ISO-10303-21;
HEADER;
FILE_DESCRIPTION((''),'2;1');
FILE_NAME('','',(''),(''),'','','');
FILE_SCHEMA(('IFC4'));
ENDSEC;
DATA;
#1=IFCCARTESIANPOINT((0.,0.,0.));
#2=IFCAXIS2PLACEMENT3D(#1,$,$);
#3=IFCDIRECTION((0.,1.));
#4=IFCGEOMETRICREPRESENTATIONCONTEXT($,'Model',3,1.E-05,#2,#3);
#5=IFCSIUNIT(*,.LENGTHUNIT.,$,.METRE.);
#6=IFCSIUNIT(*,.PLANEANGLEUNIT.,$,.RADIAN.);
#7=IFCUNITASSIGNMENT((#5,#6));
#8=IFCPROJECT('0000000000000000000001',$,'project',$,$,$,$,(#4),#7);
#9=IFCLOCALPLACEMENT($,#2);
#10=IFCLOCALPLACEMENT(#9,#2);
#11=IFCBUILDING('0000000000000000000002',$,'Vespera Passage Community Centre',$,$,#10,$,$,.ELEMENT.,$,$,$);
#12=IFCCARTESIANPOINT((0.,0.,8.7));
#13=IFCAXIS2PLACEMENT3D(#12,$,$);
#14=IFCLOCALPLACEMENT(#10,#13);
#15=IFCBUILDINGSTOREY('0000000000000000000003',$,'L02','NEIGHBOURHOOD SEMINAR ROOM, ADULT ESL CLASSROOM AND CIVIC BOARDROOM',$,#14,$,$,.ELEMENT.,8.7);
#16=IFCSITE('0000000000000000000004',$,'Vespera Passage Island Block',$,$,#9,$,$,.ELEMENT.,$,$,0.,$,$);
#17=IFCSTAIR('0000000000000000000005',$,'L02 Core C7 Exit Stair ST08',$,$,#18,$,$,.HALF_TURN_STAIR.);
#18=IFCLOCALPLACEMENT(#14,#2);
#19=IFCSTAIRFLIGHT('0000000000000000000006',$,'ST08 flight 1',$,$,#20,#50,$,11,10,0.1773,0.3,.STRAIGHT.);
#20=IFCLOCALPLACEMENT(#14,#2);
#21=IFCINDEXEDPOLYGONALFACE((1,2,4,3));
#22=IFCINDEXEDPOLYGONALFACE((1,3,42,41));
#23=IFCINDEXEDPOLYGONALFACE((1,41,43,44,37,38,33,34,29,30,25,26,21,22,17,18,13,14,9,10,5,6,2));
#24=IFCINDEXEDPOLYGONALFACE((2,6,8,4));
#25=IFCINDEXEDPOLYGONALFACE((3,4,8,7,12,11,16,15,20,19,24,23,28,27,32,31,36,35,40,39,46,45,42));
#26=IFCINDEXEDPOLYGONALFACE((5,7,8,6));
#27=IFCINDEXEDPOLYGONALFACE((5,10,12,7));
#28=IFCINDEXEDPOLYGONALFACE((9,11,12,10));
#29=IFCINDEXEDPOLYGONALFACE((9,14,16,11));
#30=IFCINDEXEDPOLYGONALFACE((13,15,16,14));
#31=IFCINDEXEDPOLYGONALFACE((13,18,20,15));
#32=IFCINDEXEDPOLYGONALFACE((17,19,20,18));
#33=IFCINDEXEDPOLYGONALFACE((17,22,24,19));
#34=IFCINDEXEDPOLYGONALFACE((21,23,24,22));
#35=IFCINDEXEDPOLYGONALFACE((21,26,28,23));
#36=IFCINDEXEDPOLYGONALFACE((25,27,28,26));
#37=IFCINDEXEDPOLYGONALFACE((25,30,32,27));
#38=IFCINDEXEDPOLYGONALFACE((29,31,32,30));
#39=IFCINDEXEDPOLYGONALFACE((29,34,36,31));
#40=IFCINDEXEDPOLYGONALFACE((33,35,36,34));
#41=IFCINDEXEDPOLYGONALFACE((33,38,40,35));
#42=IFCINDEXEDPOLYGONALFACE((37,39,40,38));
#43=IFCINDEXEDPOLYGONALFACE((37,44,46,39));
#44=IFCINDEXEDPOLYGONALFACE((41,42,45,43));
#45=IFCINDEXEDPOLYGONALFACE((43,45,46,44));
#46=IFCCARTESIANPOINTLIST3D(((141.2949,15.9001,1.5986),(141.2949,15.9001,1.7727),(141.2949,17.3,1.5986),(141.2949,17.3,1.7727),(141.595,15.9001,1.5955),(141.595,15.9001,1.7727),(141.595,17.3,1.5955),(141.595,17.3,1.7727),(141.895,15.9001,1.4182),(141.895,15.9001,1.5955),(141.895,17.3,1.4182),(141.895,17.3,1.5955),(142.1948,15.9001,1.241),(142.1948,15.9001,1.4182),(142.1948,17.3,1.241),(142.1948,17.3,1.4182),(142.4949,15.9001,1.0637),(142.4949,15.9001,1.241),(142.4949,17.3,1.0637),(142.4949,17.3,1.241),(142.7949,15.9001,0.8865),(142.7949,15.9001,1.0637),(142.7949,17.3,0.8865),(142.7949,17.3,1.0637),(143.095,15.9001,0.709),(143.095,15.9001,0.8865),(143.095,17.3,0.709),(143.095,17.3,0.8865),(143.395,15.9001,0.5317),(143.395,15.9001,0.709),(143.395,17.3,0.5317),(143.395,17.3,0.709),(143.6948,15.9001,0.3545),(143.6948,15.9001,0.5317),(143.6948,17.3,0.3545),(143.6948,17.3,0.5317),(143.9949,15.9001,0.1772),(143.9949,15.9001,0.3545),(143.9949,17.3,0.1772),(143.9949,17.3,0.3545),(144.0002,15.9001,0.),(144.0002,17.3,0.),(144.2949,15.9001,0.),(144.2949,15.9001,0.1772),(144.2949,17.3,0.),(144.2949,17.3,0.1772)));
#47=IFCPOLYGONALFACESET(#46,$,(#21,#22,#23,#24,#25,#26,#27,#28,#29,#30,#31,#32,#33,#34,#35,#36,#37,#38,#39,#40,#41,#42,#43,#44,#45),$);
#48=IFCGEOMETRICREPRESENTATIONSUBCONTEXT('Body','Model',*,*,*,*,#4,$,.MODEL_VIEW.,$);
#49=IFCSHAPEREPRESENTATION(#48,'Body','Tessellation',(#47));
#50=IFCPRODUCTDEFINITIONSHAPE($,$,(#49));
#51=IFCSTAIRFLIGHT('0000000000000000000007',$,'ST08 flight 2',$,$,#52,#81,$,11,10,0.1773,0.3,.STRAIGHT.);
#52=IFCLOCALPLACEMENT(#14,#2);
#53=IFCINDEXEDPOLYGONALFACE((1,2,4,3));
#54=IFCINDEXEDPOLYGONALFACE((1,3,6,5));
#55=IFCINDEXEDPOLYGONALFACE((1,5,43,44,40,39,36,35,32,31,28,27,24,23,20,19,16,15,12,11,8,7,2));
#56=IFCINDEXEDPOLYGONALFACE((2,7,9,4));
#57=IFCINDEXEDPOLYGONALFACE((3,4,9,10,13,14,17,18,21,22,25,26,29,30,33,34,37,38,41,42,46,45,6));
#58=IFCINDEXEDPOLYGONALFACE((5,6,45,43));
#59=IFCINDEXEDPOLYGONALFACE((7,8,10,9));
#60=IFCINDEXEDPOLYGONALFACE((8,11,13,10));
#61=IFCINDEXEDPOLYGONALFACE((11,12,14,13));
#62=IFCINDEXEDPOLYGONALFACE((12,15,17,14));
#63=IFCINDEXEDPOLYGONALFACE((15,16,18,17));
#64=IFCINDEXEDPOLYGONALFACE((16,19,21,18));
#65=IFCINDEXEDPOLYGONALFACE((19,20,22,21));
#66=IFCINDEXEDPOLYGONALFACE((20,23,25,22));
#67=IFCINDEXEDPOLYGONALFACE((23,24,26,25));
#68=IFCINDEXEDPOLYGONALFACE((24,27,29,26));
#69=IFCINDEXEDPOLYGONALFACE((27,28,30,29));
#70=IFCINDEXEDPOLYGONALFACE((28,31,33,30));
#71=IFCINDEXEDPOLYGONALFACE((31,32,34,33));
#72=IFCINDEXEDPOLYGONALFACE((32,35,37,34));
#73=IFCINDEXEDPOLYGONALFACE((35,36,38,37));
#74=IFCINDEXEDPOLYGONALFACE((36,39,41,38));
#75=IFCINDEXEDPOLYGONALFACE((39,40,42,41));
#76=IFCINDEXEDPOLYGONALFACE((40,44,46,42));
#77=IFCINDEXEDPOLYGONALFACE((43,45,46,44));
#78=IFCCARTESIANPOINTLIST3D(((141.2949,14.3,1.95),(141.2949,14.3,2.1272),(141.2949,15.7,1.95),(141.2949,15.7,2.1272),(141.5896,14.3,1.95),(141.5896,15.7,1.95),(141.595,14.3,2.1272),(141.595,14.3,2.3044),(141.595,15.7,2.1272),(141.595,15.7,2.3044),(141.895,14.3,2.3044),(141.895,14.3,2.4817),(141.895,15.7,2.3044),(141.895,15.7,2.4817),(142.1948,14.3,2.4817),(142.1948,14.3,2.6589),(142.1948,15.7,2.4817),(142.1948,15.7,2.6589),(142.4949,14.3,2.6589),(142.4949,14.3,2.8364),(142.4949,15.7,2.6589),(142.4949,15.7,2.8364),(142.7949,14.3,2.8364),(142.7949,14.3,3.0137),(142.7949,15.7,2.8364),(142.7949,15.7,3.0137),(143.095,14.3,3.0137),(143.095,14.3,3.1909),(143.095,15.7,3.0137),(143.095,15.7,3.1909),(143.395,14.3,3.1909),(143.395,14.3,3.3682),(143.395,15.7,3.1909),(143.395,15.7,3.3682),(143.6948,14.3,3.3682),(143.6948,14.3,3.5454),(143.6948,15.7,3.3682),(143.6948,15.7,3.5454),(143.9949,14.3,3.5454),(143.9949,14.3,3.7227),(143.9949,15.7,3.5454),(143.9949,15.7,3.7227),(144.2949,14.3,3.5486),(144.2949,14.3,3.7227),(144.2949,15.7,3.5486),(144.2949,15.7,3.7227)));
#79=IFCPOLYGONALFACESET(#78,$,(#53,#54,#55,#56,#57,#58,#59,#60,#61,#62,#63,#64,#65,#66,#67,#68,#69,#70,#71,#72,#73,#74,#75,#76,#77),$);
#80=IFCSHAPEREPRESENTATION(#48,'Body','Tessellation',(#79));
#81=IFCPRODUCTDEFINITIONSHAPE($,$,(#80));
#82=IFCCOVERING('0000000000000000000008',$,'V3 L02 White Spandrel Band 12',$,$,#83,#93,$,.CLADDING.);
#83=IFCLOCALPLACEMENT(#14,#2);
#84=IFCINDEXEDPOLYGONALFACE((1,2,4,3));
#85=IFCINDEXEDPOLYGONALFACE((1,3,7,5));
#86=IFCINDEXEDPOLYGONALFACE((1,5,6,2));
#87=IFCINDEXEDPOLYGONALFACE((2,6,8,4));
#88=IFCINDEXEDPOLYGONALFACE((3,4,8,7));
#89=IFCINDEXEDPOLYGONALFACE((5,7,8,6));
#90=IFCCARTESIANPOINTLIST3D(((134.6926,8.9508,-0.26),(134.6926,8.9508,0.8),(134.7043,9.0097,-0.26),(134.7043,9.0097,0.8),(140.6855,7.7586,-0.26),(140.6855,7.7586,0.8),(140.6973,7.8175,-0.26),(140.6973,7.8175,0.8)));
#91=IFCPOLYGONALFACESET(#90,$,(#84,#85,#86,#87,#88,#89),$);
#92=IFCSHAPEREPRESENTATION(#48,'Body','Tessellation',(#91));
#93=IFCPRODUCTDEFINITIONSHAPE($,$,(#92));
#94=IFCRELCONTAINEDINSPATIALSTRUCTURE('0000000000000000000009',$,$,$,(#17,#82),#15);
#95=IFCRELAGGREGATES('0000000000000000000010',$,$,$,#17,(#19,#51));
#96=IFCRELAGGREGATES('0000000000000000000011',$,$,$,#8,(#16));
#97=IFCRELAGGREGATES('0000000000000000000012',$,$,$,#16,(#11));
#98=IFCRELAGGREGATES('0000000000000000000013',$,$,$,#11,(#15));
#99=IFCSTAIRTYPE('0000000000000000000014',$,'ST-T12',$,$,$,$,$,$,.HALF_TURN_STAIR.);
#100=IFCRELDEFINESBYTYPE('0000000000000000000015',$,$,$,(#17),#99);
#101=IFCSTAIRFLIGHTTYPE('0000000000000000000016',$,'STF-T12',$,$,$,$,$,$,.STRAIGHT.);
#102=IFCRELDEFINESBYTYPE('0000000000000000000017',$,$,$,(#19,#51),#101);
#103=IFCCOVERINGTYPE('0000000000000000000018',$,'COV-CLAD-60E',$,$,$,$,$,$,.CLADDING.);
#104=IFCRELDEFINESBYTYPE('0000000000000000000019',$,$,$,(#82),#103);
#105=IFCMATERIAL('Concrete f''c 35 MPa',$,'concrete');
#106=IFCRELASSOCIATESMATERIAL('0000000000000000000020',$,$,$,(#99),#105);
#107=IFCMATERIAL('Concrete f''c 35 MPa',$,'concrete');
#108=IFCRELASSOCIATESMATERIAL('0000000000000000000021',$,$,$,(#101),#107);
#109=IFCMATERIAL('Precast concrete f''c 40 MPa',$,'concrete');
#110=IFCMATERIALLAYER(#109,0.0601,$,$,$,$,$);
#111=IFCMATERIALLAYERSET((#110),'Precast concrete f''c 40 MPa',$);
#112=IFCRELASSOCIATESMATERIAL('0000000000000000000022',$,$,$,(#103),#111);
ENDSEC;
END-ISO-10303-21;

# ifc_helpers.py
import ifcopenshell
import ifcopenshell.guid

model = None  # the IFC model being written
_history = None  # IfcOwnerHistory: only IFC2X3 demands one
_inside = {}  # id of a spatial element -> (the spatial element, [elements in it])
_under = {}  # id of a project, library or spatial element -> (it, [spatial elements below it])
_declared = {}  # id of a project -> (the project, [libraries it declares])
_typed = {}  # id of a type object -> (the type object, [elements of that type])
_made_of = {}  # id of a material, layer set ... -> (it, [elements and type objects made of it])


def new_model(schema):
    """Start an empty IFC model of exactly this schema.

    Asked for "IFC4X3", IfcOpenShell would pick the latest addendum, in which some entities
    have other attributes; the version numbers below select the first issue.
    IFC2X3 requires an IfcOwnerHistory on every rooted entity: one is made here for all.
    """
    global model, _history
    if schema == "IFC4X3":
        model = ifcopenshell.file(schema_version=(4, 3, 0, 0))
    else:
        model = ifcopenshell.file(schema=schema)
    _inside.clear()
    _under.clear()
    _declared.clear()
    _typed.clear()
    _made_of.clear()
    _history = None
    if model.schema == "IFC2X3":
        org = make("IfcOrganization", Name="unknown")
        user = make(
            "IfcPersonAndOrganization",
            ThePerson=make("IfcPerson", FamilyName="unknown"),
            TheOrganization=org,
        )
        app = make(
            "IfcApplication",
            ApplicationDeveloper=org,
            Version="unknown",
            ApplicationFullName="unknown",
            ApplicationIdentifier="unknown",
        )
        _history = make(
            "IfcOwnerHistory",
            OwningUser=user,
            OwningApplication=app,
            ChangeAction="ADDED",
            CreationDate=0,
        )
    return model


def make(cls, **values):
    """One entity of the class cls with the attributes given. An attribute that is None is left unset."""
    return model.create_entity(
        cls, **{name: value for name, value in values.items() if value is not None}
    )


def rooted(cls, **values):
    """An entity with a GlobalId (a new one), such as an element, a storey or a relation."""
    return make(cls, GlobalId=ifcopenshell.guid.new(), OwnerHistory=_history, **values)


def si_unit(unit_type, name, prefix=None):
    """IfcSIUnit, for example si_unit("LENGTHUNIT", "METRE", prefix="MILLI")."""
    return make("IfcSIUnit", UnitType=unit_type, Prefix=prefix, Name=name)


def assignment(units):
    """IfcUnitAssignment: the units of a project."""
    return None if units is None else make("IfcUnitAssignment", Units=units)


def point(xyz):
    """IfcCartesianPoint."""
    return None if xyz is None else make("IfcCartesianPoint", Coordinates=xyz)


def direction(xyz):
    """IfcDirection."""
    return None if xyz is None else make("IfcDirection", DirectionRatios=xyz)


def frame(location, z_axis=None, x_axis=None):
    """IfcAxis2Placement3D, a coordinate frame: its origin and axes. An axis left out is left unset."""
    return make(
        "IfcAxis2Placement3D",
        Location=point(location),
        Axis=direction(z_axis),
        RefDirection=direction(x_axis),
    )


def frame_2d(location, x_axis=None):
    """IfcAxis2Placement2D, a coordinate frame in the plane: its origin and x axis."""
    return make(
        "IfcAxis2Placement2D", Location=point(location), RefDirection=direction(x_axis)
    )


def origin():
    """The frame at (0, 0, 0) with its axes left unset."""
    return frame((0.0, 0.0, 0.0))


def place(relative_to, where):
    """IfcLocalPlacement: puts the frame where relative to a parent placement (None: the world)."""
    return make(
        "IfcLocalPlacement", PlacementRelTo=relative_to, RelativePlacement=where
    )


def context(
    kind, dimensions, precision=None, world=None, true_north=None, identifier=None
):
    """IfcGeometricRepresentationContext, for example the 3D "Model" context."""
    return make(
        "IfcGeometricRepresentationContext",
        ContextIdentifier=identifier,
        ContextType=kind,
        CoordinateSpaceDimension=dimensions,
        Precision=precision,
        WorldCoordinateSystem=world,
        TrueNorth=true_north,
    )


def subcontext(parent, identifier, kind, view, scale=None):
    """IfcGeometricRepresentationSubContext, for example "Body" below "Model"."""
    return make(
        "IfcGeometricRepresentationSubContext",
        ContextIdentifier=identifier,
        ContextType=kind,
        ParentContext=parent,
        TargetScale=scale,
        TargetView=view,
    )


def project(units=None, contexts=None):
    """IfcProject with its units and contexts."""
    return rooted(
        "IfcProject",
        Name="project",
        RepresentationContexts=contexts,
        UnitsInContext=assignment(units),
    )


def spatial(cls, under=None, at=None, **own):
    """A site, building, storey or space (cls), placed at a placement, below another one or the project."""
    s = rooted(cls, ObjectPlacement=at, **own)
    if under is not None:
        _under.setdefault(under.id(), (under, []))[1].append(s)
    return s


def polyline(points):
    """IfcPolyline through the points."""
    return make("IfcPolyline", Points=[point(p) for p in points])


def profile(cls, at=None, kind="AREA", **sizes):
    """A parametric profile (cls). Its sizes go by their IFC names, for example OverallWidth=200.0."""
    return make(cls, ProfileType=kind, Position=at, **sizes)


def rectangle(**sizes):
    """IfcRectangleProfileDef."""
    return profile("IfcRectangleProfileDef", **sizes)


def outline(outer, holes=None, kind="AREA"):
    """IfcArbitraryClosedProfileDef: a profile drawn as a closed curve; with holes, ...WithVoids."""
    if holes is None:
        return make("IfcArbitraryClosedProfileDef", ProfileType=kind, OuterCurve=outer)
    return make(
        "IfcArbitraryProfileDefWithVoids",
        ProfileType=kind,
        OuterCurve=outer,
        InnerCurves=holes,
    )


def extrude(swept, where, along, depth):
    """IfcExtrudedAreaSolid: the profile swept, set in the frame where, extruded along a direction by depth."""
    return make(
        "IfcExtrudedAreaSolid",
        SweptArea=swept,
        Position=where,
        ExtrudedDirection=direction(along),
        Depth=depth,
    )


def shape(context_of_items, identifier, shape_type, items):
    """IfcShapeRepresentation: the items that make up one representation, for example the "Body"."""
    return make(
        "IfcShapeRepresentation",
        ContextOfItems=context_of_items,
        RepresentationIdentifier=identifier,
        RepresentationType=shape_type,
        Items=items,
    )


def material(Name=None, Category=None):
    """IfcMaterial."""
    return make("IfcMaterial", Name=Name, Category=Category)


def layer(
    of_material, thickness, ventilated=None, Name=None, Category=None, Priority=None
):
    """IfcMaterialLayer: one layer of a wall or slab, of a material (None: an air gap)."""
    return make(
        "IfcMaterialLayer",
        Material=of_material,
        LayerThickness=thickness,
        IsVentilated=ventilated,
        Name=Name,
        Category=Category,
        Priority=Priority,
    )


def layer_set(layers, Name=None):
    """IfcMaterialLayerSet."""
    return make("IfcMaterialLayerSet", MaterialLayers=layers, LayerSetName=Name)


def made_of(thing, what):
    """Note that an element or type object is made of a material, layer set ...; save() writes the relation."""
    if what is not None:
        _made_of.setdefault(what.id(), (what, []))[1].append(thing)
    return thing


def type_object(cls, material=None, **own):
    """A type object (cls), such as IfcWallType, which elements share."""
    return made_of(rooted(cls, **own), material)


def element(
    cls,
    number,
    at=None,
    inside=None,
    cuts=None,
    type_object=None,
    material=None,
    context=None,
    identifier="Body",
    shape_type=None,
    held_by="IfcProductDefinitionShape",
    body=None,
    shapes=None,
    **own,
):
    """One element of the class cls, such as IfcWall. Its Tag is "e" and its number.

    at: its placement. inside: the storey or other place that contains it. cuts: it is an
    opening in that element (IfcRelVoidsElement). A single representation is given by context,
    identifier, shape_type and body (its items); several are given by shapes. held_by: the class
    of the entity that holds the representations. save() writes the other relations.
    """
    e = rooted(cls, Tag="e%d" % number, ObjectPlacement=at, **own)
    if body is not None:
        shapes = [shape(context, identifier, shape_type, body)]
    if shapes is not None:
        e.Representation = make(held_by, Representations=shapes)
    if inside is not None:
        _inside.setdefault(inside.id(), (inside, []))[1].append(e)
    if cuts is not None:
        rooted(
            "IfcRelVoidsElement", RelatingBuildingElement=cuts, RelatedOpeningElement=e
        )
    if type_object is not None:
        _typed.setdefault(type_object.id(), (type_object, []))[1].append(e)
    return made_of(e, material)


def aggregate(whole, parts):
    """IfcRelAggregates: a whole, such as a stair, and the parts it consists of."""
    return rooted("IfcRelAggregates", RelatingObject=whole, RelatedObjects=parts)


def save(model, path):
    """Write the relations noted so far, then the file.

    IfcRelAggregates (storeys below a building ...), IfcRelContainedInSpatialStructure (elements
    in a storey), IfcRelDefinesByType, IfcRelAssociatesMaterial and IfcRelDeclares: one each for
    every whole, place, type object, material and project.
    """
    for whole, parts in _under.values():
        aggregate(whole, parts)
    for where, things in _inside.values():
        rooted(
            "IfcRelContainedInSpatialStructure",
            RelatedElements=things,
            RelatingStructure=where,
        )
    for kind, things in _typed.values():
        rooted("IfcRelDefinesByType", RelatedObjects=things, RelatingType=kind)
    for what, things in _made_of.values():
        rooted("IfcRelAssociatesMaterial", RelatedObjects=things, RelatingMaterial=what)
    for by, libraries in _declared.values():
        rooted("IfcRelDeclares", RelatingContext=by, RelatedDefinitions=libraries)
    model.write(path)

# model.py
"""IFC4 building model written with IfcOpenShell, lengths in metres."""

from ifc_helpers import new_model, si_unit, direction, frame, frame_2d, origin, place, context, subcontext, project, spatial, polyline, rectangle, outline, extrude, material, layer, layer_set, type_object, element, aggregate, save


model = new_model("IFC4")

# Units and contexts
model_context = context("Model", 3, precision=1e-05, world=origin(), true_north=direction((0.0, 1.0)))
body_context = subcontext(model_context, "Body", "Model", "MODEL_VIEW")
ifc_project = project(units=[si_unit("LENGTHUNIT", "METRE"), si_unit("PLANEANGLEUNIT", "RADIAN")], contexts=[model_context])

# Site, building, storey
site_placement = place(None, origin())
site = spatial("IfcSite", under=ifc_project, at=site_placement, Name="Vespera Passage Island Block", CompositionType="ELEMENT", RefElevation=0.0)
building_placement = place(site_placement, origin())
building = spatial("IfcBuilding", under=site, at=building_placement, Name="Vespera Passage Community Centre", CompositionType="ELEMENT")
storey_placement = place(building_placement, frame((0.0, 0.0, 8.7)))
storey = spatial("IfcBuildingStorey", under=building, at=storey_placement, Name="L02", Description="NEIGHBOURHOOD SEMINAR ROOM, ADULT ESL CLASSROOM AND CIVIC BOARDROOM", CompositionType="ELEMENT", Elevation=8.7)

# Stair, stair flights
ifc_material_1 = material(Name="Concrete f'c 35 MPa", Category="concrete")
stair_type = type_object("IfcStairType", Name="ST-T12", PredefinedType="HALF_TURN_STAIR", material=ifc_material_1)
stair_placement = place(storey_placement, origin())
stair = element("IfcStair", 1, at=stair_placement, inside=storey, type_object=stair_type, Name="L02 Core C7 Exit Stair ST08", PredefinedType="HALF_TURN_STAIR")
ifc_material_2 = material(Name="Concrete f'c 35 MPa", Category="concrete")
stair_flight_type = type_object("IfcStairFlightType", Name="STF-T12", PredefinedType="STRAIGHT", material=ifc_material_2)
stair_flight_1_placement = place(storey_placement, frame((144.2949, 16.6001, 0.0), z_axis=(0.0, 0.0, 1.0), x_axis=(-1.0, 0.0, 0.0)))
stair_flight_1 = element("IfcStairFlight", 2, at=stair_flight_1_placement, type_object=stair_flight_type, Name="ST08 flight 1", NumberOfRisers=11, NumberOfTreads=10, PredefinedType="STRAIGHT", RiserHeight=0.1773, TreadLength=0.3, context=body_context, shape_type="SweptSolid", body=[
    extrude(outline(polyline([(0.0, 0.0), (0.0, 0.1772), (0.3, 0.1772), (0.3, 0.3545), (0.6001, 0.3545), (0.6001, 0.5317), (0.8999, 0.5317), (0.8999, 0.709), (1.2, 0.709), (1.2, 0.8865), (1.5, 0.8865), (1.5, 1.0637), (1.8, 1.0637), (1.8, 1.241), (2.1001, 1.241), (2.1001, 1.4182), (2.3999, 1.4182), (2.3999, 1.5955), (2.7, 1.5955), (2.7, 1.7727), (3.0, 1.7727), (3.0, 1.95), (3.0, 1.5986), (0.2947, 0.0), (0.0, 0.0)])), frame((0.0, 0.7, 0.0), z_axis=(0.0, -1.0, 0.0), x_axis=(1.0, 0.0, 0.0)), (0.0, 0.0, 1.0), 1.3999),
])
stair_flight_2_placement = place(storey_placement, frame((141.2949, 15.0, 1.95), z_axis=(0.0, 0.0, 1.0), x_axis=(1.0, 0.0, 0.0)))
stair_flight_2 = element("IfcStairFlight", 3, at=stair_flight_2_placement, type_object=stair_flight_type, Name="ST08 flight 2", NumberOfRisers=11, NumberOfTreads=10, PredefinedType="STRAIGHT", RiserHeight=0.1773, TreadLength=0.3, context=body_context, shape_type="SweptSolid", body=[
    extrude(outline(polyline([(0.0, 0.0), (0.0, 0.1772), (0.3, 0.1772), (0.3, 0.3545), (0.6001, 0.3545), (0.6001, 0.5317), (0.8999, 0.5317), (0.8999, 0.709), (1.2, 0.709), (1.2, 0.8865), (1.5, 0.8865), (1.5, 1.0637), (1.8, 1.0637), (1.8, 1.241), (2.1001, 1.241), (2.1001, 1.4182), (2.3999, 1.4182), (2.3999, 1.5955), (2.7, 1.5955), (2.7, 1.7727), (3.0, 1.7727), (3.0, 1.95), (3.0, 1.5986), (0.2947, 0.0), (0.0, 0.0)])), frame((0.0, 0.7, 0.0), z_axis=(0.0, -1.0, 0.0), x_axis=(1.0, 0.0, 0.0)), (0.0, 0.0, 1.0), 1.3999),
])
aggregate(stair, [stair_flight_1, stair_flight_2])

# Covering
ifc_material_3 = material(Name="Precast concrete f'c 40 MPa", Category="concrete")
ifc_layer_1 = layer(ifc_material_3, 0.0601)
ifc_layer_set_1 = layer_set([ifc_layer_1], Name="Precast concrete f'c 40 MPa")
covering_type = type_object("IfcCoveringType", Name="COV-CLAD-60E", PredefinedType="CLADDING", material=ifc_layer_set_1)
covering_placement = place(storey_placement, frame((140.6914, 7.7881, -0.26), z_axis=(0.0, 0.0, 1.0), x_axis=(-0.980783, 0.195102, 0.0)))
element("IfcCovering", 4, at=covering_placement, inside=storey, type_object=covering_type, Name="V3 L02 White Spandrel Band 12", PredefinedType="CLADDING", context=body_context, shape_type="SweptSolid", body=[
    extrude(rectangle(XDim=6.1104, YDim=0.0601, at=frame_2d((3.0552, 0.0))), origin(), (0.0, 0.0, 1.0), 1.0601),
])

save(model, "model.ifc")
